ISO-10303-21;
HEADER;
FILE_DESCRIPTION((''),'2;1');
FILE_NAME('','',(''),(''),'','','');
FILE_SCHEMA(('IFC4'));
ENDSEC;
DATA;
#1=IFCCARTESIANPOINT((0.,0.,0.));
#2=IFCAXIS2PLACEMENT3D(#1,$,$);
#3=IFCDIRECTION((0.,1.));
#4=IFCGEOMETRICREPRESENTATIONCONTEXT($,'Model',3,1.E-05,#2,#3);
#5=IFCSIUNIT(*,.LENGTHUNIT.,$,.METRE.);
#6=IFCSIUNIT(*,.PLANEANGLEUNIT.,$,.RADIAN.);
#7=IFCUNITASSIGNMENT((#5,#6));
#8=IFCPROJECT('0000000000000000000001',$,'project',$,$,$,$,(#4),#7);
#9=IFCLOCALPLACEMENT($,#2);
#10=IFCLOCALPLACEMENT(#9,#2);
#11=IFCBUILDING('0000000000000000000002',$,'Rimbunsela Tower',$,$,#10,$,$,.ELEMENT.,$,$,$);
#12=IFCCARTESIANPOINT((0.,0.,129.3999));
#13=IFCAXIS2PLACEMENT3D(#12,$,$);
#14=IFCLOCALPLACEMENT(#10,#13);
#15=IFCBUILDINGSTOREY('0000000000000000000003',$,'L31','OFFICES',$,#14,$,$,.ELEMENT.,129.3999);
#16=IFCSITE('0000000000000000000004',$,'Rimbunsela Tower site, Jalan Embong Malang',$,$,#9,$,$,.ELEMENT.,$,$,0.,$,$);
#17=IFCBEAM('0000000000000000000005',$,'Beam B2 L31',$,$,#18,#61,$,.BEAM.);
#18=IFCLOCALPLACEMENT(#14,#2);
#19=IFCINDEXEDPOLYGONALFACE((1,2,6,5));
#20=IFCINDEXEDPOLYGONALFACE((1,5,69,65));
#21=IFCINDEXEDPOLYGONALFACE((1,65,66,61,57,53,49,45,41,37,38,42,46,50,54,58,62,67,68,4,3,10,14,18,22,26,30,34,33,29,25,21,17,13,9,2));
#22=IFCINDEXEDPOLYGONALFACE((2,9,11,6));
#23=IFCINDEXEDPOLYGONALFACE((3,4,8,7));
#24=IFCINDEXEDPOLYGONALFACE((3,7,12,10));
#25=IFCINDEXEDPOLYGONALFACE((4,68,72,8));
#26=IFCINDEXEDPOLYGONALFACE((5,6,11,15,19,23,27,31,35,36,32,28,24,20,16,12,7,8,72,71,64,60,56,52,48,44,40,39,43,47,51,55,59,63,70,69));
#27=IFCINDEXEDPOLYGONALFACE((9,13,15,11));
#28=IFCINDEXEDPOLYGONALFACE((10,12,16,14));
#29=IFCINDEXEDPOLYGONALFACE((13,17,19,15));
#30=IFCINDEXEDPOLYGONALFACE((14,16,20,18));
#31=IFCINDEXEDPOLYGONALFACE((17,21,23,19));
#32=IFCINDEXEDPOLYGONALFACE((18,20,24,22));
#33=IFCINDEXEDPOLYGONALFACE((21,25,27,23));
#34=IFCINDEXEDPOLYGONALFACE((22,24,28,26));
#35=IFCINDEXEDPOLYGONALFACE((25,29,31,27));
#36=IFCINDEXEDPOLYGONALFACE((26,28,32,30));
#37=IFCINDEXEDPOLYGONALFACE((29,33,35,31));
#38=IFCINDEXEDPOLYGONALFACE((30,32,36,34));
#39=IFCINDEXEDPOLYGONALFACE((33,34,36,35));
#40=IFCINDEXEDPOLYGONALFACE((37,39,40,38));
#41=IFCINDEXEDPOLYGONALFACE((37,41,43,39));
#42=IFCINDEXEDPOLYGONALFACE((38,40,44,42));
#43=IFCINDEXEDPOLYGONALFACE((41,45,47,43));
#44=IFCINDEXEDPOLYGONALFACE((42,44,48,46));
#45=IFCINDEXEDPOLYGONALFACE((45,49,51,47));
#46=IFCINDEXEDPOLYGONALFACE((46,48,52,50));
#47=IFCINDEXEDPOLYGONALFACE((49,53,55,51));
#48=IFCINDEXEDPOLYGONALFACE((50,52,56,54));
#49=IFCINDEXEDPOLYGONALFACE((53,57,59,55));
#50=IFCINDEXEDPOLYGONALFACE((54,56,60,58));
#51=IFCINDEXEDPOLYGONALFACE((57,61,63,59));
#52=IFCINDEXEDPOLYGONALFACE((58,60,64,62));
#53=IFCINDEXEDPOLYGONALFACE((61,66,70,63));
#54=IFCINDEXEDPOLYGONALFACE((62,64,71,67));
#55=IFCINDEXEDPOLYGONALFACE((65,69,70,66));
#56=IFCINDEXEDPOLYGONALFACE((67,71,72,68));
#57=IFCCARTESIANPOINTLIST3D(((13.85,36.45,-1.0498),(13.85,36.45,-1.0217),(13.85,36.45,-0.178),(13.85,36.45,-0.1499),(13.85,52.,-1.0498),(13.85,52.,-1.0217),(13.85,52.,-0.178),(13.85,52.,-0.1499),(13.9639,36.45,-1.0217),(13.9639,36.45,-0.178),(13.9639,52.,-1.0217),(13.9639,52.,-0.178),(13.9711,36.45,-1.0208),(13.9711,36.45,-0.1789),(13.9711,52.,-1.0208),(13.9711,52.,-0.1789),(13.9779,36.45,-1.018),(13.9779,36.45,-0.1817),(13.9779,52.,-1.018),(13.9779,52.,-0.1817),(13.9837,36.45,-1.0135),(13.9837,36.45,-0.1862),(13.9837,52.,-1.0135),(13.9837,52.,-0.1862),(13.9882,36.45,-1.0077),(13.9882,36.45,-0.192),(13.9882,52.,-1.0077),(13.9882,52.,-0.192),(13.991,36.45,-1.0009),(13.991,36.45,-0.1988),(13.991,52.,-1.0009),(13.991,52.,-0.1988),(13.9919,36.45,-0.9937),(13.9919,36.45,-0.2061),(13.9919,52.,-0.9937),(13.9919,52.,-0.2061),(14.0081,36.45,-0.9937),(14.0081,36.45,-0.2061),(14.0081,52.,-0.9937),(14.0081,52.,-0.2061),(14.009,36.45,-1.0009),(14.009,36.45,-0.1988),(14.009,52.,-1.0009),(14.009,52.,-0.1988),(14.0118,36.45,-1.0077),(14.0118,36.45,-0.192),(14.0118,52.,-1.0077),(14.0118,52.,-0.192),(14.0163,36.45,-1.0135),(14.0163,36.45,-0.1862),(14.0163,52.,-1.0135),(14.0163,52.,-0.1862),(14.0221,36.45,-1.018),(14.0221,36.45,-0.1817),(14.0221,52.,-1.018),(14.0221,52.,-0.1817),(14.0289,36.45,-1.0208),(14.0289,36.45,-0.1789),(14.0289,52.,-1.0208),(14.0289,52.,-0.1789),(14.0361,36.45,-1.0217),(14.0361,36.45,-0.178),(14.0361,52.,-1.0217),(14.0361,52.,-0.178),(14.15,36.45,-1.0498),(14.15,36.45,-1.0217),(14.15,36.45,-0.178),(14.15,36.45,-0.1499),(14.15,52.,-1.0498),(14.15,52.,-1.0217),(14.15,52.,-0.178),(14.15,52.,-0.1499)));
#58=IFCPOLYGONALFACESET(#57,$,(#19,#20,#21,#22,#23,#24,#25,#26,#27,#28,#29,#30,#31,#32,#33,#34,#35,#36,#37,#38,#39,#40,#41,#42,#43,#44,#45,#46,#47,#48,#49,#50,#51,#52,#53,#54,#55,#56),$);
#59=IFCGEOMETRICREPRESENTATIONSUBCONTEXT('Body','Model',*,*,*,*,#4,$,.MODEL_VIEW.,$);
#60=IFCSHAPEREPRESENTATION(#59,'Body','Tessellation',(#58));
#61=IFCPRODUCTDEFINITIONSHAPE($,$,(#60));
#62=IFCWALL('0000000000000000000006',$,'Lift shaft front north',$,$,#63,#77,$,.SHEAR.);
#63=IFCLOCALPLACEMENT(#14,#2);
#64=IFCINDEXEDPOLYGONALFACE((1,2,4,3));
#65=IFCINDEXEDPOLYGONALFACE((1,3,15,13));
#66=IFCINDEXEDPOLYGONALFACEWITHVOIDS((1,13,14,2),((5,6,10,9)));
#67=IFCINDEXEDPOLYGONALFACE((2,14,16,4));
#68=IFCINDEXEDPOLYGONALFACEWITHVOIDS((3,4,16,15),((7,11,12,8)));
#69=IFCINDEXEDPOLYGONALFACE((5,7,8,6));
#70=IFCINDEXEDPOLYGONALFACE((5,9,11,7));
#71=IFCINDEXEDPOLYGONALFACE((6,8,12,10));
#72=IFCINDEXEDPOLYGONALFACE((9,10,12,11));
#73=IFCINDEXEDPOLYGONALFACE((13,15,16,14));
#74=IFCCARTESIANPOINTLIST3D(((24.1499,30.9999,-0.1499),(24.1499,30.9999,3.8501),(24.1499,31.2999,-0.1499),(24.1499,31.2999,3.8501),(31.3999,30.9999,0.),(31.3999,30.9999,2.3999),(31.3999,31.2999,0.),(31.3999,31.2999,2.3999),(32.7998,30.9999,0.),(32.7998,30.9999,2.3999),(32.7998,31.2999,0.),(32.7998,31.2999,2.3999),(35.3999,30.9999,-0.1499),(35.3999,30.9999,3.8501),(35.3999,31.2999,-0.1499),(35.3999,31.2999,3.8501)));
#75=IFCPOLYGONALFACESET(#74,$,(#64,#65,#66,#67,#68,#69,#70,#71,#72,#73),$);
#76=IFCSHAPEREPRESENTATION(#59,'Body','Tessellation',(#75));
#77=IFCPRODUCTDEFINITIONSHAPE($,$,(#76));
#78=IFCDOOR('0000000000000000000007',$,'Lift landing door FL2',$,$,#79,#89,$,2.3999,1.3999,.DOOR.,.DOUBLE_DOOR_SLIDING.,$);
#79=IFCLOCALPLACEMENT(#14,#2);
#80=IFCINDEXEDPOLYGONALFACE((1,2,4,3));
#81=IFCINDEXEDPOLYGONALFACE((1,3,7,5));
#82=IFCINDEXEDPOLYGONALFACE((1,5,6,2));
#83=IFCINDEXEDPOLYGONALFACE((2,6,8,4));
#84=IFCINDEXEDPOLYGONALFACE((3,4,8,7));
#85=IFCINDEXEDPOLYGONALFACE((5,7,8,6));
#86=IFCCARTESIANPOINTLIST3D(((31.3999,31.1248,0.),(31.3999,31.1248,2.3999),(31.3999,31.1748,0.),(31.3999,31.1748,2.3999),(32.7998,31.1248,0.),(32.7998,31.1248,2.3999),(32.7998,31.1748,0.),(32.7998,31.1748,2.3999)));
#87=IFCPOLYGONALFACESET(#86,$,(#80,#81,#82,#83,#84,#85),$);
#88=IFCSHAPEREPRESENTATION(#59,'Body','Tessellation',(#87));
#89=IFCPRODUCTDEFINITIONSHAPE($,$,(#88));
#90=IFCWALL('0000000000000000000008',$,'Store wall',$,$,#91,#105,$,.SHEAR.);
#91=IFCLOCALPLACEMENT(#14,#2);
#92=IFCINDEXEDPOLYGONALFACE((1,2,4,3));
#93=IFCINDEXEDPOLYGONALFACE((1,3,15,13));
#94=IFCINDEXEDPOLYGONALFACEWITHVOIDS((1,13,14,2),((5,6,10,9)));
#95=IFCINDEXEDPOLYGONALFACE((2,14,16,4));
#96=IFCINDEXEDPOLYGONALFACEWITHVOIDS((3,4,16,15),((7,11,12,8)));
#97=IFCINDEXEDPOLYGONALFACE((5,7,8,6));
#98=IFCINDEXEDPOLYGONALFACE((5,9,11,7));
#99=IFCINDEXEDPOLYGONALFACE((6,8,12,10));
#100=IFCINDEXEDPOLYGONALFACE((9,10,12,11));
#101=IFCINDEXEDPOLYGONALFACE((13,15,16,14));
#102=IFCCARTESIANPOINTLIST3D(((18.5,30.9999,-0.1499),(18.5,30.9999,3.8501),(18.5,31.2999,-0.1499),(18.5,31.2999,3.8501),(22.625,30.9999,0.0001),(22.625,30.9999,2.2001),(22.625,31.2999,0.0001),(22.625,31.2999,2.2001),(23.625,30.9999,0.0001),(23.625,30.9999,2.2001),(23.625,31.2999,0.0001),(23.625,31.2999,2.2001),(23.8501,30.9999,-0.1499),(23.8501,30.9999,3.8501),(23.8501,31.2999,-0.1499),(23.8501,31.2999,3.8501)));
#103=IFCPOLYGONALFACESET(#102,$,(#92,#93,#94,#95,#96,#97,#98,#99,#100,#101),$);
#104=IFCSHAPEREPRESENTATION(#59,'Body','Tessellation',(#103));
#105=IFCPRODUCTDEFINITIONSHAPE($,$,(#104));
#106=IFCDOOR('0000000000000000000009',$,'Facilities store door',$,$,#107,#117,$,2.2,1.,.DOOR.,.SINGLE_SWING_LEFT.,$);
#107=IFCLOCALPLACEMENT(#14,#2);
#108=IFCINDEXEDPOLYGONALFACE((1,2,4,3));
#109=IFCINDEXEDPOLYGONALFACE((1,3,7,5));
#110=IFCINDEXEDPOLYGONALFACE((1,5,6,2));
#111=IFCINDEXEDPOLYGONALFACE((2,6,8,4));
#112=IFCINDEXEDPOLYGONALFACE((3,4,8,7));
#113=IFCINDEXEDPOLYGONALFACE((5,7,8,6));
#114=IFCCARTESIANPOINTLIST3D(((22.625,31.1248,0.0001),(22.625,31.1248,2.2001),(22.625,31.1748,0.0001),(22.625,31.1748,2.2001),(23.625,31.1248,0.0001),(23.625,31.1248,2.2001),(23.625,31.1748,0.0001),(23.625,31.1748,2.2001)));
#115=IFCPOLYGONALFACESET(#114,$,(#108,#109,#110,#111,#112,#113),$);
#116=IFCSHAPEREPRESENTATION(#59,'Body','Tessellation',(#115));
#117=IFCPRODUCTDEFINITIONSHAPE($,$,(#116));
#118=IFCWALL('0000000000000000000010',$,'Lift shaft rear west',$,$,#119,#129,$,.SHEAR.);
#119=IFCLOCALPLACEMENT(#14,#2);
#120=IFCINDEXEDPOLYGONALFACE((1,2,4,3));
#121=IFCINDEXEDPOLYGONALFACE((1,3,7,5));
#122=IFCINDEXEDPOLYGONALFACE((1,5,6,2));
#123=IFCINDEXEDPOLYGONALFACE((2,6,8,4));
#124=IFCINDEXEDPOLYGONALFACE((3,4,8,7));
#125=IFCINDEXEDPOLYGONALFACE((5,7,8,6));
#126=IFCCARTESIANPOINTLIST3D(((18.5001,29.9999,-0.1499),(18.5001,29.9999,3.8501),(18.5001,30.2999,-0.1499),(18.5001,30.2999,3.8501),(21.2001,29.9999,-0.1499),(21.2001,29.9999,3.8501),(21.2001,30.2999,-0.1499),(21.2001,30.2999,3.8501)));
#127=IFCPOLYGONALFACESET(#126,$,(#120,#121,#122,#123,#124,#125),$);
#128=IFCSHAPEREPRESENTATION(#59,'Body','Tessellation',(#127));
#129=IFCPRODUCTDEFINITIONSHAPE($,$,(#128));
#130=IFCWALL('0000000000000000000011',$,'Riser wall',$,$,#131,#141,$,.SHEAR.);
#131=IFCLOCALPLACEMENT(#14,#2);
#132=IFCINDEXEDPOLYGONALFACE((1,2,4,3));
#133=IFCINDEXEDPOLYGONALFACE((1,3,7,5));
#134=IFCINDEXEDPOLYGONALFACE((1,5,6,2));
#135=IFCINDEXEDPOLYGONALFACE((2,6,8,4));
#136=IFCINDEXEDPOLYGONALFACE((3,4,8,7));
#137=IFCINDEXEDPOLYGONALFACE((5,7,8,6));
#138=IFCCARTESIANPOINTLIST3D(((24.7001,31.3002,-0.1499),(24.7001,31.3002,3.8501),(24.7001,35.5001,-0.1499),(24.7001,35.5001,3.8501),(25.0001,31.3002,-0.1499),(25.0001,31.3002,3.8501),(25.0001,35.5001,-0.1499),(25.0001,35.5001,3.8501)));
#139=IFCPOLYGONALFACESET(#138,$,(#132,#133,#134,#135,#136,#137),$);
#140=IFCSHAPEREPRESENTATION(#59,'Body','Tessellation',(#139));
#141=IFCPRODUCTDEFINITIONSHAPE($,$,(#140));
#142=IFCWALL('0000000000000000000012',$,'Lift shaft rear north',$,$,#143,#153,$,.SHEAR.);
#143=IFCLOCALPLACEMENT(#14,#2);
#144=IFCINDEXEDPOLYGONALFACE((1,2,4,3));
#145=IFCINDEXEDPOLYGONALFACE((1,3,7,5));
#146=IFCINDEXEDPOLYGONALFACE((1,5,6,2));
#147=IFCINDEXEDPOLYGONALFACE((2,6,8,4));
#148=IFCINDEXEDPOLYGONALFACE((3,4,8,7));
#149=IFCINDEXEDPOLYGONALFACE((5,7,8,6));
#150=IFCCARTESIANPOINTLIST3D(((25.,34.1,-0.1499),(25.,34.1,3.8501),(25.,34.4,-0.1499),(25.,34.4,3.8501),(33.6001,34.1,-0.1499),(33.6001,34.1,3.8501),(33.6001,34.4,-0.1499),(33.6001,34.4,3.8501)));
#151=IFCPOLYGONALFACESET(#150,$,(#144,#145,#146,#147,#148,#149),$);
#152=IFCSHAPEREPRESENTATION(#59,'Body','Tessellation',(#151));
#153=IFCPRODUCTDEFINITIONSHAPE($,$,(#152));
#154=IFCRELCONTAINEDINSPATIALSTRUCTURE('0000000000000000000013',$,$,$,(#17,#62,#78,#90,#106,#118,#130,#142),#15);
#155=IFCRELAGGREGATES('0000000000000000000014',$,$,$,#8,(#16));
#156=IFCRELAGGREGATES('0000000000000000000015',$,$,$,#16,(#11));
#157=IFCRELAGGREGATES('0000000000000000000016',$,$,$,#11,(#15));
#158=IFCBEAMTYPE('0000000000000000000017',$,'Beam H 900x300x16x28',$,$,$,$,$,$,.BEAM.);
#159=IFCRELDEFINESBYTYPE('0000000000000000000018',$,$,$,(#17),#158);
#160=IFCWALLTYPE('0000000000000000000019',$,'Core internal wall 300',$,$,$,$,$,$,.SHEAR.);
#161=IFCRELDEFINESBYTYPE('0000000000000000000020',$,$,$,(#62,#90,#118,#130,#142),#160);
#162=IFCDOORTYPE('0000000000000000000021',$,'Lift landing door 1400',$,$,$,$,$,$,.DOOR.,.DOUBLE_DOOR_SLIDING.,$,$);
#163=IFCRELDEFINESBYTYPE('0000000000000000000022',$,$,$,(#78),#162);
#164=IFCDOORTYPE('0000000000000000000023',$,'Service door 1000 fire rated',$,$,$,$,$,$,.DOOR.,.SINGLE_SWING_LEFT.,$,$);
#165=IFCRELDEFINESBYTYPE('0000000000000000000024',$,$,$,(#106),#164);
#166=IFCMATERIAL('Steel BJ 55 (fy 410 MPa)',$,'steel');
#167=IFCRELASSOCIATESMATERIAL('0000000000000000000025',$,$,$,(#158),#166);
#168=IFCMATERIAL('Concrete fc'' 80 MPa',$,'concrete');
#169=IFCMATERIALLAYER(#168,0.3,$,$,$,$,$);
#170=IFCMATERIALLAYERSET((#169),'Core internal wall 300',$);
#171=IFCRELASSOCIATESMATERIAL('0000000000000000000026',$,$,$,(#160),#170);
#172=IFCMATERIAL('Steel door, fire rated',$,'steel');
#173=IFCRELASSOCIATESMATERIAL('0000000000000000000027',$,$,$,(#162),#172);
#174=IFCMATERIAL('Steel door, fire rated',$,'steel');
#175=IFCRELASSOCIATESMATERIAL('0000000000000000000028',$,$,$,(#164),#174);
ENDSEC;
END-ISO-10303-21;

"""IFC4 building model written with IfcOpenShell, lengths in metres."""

from ifc_helpers import new_model, si_unit, direction, frame, frame_2d, origin, origin_2d, place, context, subcontext, project, spatial, rectangle, i_section, extrude, material, layer, layer_set, material_profile, profile_set, type_object, element, fill, save


model = new_model("IFC4")

# Units and contexts
model_context = context("Model", 3, precision=1e-05, world=origin(), true_north=direction((0.0, 1.0)))
body_context = subcontext(model_context, "Body", "Model", "MODEL_VIEW")
ifc_project = project(units=[si_unit("LENGTHUNIT", "METRE"), si_unit("PLANEANGLEUNIT", "RADIAN")], contexts=[model_context])

# Site, building, storey
site_placement = place(None, origin())
site = spatial("IfcSite", under=ifc_project, at=site_placement, Name="Rimbunsela Tower site, Jalan Embong Malang", CompositionType="ELEMENT", RefElevation=0.0)
building_placement = place(site_placement, origin())
building = spatial("IfcBuilding", under=site, at=building_placement, Name="Rimbunsela Tower", CompositionType="ELEMENT")
storey_placement = place(building_placement, frame((0.0, 0.0, 129.3999)))
storey = spatial("IfcBuildingStorey", under=building, at=storey_placement, Name="L31", Description="OFFICES", CompositionType="ELEMENT", Elevation=129.3999)

# Beam
ifc_material_1 = material(Name="Steel BJ 55 (fy 410 MPa)", Category="steel")
ifc_material_profile = material_profile(ifc_material_1, i_section(OverallWidth=0.3, OverallDepth=0.8999, WebThickness=0.0161, FlangeThickness=0.0281, FilletRadius=0.0281, at=origin_2d()), Name="H 900x300x16x28")
ifc_profile_set = profile_set([ifc_material_profile], Name="Steel BJ 55 (fy 410 MPa)")
beam_type = type_object("IfcBeamType", Name="Beam H 900x300x16x28", PredefinedType="BEAM", material=ifc_profile_set)
beam_placement = place(storey_placement, frame((14.0, 36.45, -0.5999), z_axis=(0.0, 1.0, 0.0), x_axis=(-1.0, 0.0, 0.0)))
element("IfcBeam", 1, at=beam_placement, inside=storey, type_object=beam_type, Name="Beam B2 L31", PredefinedType="BEAM", context=body_context, shape_type="SweptSolid", body=[
    extrude(i_section(OverallWidth=0.3, OverallDepth=0.8999, WebThickness=0.0161, FlangeThickness=0.0281, FilletRadius=0.0281, at=origin_2d()), origin(), (0.0, 0.0, 1.0), 15.55),
])

# Walls, openings, doors
ifc_material_2 = material(Name="Concrete fc' 80 MPa", Category="concrete")
ifc_layer_1 = layer(ifc_material_2, 0.3)
ifc_layer_set_1 = layer_set([ifc_layer_1], Name="Core internal wall 300")
wall_type_1 = type_object("IfcWallType", Name="Core internal wall 300", PredefinedType="SHEAR", material=ifc_layer_set_1)
wall_1_placement = place(storey_placement, frame((24.1499, 31.1499, -0.1499), z_axis=(0.0, 0.0, 1.0), x_axis=(1.0, 0.0, 0.0)))
wall_1 = element("IfcWall", 2, at=wall_1_placement, inside=storey, type_object=wall_type_1, Name="Lift shaft front north", PredefinedType="SHEAR", context=body_context, shape_type="SweptSolid", body=[
    extrude(rectangle(XDim=11.25, YDim=0.3, at=frame_2d((5.625, 0.0))), origin(), (0.0, 0.0, 1.0), 4.0),
])
opening_1_placement = place(wall_1_placement, frame((7.25, 0.0, 0.1499)))
opening_1 = element("IfcOpeningElement", 3, at=opening_1_placement, cuts=wall_1, PredefinedType="OPENING", context=body_context, shape_type="SweptSolid", body=[
    extrude(rectangle(XDim=1.3999, YDim=2.3999, at=frame_2d((0.7, 1.2))), frame((0.0, 0.1599, 0.0), z_axis=(0.0, -1.0, 0.0), x_axis=(1.0, 0.0, 0.0)), (0.0, 0.0, 1.0), 0.3201),
])
ifc_material_3 = material(Name="Steel door, fire rated", Category="steel")
door_type_1 = type_object("IfcDoorType", Name="Lift landing door 1400", OperationType="DOUBLE_DOOR_SLIDING", PredefinedType="DOOR", material=ifc_material_3)
door_1_placement = place(opening_1_placement, origin())
door_1 = element("IfcDoor", 4, at=door_1_placement, inside=storey, type_object=door_type_1, Name="Lift landing door FL2", OperationType="DOUBLE_DOOR_SLIDING", OverallHeight=2.3999, OverallWidth=1.3999, PredefinedType="DOOR", context=body_context, shape_type="SweptSolid", body=[
    extrude(rectangle(XDim=1.3999, YDim=2.3999, at=frame_2d((0.7, 1.2))), frame((0.0, 0.0249, 0.0), z_axis=(0.0, -1.0, 0.0), x_axis=(1.0, 0.0, 0.0)), (0.0, 0.0, 1.0), 0.05),
])
fill(opening_1, door_1)
wall_2_placement = place(storey_placement, frame((18.5, 31.1499, -0.1499), z_axis=(0.0, 0.0, 1.0), x_axis=(1.0, 0.0, 0.0)))
wall_2 = element("IfcWall", 5, at=wall_2_placement, inside=storey, type_object=wall_type_1, Name="Store wall", PredefinedType="SHEAR", context=body_context, shape_type="SweptSolid", body=[
    extrude(rectangle(XDim=5.3501, YDim=0.3, at=frame_2d((2.675, 0.0))), origin(), (0.0, 0.0, 1.0), 4.0),
])
opening_2_placement = place(wall_2_placement, frame((4.125, 0.0, 0.1499)))
opening_2 = element("IfcOpeningElement", 6, at=opening_2_placement, cuts=wall_2, PredefinedType="OPENING", context=body_context, shape_type="SweptSolid", body=[
    extrude(rectangle(XDim=1.0, YDim=2.2, at=frame_2d((0.5, 1.1001))), frame((0.0, 0.1599, 0.0), z_axis=(0.0, -1.0, 0.0), x_axis=(1.0, 0.0, 0.0)), (0.0, 0.0, 1.0), 0.3201),
])
ifc_material_4 = material(Name="Steel door, fire rated", Category="steel")
door_type_2 = type_object("IfcDoorType", Name="Service door 1000 fire rated", OperationType="SINGLE_SWING_LEFT", PredefinedType="DOOR", material=ifc_material_4)
door_2_placement = place(opening_2_placement, origin())
door_2 = element("IfcDoor", 7, at=door_2_placement, inside=storey, type_object=door_type_2, Name="Facilities store door", OperationType="SINGLE_SWING_LEFT", OverallHeight=2.2, OverallWidth=1.0, PredefinedType="DOOR", context=body_context, shape_type="SweptSolid", body=[
    extrude(rectangle(XDim=1.0, YDim=2.2, at=frame_2d((0.5, 1.1001))), frame((0.0, 0.0249, 0.0), z_axis=(0.0, -1.0, 0.0), x_axis=(1.0, 0.0, 0.0)), (0.0, 0.0, 1.0), 0.05),
])
fill(opening_2, door_2)

# Walls
wall_3_placement = place(storey_placement, frame((18.5, 30.1499, -0.1499), z_axis=(0.0, 0.0, 1.0), x_axis=(1.0, 0.0, 0.0)))
element("IfcWall", 8, at=wall_3_placement, inside=storey, type_object=wall_type_1, Name="Lift shaft rear west", PredefinedType="SHEAR", context=body_context, shape_type="SweptSolid", body=[
    extrude(rectangle(XDim=2.7, YDim=0.3, at=frame_2d((1.3501, 0.0))), origin(), (0.0, 0.0, 1.0), 4.0),
])
wall_4_placement = place(storey_placement, frame((24.8501, 31.3, -0.1499), z_axis=(0.0, 0.0, 1.0), x_axis=(0.0, 1.0, 0.0)))
element("IfcWall", 9, at=wall_4_placement, inside=storey, type_object=wall_type_1, Name="Riser wall", PredefinedType="SHEAR", context=body_context, shape_type="SweptSolid", body=[
    extrude(rectangle(XDim=4.2, YDim=0.3, at=frame_2d((2.1001, 0.0))), origin(), (0.0, 0.0, 1.0), 4.0),
])
wall_5_placement = place(storey_placement, frame((25.0, 34.25, -0.1499), z_axis=(0.0, 0.0, 1.0), x_axis=(1.0, 0.0, 0.0)))
element("IfcWall", 10, at=wall_5_placement, inside=storey, type_object=wall_type_1, Name="Lift shaft rear north", PredefinedType="SHEAR", context=body_context, shape_type="SweptSolid", body=[
    extrude(rectangle(XDim=8.6001, YDim=0.3, at=frame_2d((4.3, 0.0))), origin(), (0.0, 0.0, 1.0), 4.0),
])

save(model, "model.ifc")
